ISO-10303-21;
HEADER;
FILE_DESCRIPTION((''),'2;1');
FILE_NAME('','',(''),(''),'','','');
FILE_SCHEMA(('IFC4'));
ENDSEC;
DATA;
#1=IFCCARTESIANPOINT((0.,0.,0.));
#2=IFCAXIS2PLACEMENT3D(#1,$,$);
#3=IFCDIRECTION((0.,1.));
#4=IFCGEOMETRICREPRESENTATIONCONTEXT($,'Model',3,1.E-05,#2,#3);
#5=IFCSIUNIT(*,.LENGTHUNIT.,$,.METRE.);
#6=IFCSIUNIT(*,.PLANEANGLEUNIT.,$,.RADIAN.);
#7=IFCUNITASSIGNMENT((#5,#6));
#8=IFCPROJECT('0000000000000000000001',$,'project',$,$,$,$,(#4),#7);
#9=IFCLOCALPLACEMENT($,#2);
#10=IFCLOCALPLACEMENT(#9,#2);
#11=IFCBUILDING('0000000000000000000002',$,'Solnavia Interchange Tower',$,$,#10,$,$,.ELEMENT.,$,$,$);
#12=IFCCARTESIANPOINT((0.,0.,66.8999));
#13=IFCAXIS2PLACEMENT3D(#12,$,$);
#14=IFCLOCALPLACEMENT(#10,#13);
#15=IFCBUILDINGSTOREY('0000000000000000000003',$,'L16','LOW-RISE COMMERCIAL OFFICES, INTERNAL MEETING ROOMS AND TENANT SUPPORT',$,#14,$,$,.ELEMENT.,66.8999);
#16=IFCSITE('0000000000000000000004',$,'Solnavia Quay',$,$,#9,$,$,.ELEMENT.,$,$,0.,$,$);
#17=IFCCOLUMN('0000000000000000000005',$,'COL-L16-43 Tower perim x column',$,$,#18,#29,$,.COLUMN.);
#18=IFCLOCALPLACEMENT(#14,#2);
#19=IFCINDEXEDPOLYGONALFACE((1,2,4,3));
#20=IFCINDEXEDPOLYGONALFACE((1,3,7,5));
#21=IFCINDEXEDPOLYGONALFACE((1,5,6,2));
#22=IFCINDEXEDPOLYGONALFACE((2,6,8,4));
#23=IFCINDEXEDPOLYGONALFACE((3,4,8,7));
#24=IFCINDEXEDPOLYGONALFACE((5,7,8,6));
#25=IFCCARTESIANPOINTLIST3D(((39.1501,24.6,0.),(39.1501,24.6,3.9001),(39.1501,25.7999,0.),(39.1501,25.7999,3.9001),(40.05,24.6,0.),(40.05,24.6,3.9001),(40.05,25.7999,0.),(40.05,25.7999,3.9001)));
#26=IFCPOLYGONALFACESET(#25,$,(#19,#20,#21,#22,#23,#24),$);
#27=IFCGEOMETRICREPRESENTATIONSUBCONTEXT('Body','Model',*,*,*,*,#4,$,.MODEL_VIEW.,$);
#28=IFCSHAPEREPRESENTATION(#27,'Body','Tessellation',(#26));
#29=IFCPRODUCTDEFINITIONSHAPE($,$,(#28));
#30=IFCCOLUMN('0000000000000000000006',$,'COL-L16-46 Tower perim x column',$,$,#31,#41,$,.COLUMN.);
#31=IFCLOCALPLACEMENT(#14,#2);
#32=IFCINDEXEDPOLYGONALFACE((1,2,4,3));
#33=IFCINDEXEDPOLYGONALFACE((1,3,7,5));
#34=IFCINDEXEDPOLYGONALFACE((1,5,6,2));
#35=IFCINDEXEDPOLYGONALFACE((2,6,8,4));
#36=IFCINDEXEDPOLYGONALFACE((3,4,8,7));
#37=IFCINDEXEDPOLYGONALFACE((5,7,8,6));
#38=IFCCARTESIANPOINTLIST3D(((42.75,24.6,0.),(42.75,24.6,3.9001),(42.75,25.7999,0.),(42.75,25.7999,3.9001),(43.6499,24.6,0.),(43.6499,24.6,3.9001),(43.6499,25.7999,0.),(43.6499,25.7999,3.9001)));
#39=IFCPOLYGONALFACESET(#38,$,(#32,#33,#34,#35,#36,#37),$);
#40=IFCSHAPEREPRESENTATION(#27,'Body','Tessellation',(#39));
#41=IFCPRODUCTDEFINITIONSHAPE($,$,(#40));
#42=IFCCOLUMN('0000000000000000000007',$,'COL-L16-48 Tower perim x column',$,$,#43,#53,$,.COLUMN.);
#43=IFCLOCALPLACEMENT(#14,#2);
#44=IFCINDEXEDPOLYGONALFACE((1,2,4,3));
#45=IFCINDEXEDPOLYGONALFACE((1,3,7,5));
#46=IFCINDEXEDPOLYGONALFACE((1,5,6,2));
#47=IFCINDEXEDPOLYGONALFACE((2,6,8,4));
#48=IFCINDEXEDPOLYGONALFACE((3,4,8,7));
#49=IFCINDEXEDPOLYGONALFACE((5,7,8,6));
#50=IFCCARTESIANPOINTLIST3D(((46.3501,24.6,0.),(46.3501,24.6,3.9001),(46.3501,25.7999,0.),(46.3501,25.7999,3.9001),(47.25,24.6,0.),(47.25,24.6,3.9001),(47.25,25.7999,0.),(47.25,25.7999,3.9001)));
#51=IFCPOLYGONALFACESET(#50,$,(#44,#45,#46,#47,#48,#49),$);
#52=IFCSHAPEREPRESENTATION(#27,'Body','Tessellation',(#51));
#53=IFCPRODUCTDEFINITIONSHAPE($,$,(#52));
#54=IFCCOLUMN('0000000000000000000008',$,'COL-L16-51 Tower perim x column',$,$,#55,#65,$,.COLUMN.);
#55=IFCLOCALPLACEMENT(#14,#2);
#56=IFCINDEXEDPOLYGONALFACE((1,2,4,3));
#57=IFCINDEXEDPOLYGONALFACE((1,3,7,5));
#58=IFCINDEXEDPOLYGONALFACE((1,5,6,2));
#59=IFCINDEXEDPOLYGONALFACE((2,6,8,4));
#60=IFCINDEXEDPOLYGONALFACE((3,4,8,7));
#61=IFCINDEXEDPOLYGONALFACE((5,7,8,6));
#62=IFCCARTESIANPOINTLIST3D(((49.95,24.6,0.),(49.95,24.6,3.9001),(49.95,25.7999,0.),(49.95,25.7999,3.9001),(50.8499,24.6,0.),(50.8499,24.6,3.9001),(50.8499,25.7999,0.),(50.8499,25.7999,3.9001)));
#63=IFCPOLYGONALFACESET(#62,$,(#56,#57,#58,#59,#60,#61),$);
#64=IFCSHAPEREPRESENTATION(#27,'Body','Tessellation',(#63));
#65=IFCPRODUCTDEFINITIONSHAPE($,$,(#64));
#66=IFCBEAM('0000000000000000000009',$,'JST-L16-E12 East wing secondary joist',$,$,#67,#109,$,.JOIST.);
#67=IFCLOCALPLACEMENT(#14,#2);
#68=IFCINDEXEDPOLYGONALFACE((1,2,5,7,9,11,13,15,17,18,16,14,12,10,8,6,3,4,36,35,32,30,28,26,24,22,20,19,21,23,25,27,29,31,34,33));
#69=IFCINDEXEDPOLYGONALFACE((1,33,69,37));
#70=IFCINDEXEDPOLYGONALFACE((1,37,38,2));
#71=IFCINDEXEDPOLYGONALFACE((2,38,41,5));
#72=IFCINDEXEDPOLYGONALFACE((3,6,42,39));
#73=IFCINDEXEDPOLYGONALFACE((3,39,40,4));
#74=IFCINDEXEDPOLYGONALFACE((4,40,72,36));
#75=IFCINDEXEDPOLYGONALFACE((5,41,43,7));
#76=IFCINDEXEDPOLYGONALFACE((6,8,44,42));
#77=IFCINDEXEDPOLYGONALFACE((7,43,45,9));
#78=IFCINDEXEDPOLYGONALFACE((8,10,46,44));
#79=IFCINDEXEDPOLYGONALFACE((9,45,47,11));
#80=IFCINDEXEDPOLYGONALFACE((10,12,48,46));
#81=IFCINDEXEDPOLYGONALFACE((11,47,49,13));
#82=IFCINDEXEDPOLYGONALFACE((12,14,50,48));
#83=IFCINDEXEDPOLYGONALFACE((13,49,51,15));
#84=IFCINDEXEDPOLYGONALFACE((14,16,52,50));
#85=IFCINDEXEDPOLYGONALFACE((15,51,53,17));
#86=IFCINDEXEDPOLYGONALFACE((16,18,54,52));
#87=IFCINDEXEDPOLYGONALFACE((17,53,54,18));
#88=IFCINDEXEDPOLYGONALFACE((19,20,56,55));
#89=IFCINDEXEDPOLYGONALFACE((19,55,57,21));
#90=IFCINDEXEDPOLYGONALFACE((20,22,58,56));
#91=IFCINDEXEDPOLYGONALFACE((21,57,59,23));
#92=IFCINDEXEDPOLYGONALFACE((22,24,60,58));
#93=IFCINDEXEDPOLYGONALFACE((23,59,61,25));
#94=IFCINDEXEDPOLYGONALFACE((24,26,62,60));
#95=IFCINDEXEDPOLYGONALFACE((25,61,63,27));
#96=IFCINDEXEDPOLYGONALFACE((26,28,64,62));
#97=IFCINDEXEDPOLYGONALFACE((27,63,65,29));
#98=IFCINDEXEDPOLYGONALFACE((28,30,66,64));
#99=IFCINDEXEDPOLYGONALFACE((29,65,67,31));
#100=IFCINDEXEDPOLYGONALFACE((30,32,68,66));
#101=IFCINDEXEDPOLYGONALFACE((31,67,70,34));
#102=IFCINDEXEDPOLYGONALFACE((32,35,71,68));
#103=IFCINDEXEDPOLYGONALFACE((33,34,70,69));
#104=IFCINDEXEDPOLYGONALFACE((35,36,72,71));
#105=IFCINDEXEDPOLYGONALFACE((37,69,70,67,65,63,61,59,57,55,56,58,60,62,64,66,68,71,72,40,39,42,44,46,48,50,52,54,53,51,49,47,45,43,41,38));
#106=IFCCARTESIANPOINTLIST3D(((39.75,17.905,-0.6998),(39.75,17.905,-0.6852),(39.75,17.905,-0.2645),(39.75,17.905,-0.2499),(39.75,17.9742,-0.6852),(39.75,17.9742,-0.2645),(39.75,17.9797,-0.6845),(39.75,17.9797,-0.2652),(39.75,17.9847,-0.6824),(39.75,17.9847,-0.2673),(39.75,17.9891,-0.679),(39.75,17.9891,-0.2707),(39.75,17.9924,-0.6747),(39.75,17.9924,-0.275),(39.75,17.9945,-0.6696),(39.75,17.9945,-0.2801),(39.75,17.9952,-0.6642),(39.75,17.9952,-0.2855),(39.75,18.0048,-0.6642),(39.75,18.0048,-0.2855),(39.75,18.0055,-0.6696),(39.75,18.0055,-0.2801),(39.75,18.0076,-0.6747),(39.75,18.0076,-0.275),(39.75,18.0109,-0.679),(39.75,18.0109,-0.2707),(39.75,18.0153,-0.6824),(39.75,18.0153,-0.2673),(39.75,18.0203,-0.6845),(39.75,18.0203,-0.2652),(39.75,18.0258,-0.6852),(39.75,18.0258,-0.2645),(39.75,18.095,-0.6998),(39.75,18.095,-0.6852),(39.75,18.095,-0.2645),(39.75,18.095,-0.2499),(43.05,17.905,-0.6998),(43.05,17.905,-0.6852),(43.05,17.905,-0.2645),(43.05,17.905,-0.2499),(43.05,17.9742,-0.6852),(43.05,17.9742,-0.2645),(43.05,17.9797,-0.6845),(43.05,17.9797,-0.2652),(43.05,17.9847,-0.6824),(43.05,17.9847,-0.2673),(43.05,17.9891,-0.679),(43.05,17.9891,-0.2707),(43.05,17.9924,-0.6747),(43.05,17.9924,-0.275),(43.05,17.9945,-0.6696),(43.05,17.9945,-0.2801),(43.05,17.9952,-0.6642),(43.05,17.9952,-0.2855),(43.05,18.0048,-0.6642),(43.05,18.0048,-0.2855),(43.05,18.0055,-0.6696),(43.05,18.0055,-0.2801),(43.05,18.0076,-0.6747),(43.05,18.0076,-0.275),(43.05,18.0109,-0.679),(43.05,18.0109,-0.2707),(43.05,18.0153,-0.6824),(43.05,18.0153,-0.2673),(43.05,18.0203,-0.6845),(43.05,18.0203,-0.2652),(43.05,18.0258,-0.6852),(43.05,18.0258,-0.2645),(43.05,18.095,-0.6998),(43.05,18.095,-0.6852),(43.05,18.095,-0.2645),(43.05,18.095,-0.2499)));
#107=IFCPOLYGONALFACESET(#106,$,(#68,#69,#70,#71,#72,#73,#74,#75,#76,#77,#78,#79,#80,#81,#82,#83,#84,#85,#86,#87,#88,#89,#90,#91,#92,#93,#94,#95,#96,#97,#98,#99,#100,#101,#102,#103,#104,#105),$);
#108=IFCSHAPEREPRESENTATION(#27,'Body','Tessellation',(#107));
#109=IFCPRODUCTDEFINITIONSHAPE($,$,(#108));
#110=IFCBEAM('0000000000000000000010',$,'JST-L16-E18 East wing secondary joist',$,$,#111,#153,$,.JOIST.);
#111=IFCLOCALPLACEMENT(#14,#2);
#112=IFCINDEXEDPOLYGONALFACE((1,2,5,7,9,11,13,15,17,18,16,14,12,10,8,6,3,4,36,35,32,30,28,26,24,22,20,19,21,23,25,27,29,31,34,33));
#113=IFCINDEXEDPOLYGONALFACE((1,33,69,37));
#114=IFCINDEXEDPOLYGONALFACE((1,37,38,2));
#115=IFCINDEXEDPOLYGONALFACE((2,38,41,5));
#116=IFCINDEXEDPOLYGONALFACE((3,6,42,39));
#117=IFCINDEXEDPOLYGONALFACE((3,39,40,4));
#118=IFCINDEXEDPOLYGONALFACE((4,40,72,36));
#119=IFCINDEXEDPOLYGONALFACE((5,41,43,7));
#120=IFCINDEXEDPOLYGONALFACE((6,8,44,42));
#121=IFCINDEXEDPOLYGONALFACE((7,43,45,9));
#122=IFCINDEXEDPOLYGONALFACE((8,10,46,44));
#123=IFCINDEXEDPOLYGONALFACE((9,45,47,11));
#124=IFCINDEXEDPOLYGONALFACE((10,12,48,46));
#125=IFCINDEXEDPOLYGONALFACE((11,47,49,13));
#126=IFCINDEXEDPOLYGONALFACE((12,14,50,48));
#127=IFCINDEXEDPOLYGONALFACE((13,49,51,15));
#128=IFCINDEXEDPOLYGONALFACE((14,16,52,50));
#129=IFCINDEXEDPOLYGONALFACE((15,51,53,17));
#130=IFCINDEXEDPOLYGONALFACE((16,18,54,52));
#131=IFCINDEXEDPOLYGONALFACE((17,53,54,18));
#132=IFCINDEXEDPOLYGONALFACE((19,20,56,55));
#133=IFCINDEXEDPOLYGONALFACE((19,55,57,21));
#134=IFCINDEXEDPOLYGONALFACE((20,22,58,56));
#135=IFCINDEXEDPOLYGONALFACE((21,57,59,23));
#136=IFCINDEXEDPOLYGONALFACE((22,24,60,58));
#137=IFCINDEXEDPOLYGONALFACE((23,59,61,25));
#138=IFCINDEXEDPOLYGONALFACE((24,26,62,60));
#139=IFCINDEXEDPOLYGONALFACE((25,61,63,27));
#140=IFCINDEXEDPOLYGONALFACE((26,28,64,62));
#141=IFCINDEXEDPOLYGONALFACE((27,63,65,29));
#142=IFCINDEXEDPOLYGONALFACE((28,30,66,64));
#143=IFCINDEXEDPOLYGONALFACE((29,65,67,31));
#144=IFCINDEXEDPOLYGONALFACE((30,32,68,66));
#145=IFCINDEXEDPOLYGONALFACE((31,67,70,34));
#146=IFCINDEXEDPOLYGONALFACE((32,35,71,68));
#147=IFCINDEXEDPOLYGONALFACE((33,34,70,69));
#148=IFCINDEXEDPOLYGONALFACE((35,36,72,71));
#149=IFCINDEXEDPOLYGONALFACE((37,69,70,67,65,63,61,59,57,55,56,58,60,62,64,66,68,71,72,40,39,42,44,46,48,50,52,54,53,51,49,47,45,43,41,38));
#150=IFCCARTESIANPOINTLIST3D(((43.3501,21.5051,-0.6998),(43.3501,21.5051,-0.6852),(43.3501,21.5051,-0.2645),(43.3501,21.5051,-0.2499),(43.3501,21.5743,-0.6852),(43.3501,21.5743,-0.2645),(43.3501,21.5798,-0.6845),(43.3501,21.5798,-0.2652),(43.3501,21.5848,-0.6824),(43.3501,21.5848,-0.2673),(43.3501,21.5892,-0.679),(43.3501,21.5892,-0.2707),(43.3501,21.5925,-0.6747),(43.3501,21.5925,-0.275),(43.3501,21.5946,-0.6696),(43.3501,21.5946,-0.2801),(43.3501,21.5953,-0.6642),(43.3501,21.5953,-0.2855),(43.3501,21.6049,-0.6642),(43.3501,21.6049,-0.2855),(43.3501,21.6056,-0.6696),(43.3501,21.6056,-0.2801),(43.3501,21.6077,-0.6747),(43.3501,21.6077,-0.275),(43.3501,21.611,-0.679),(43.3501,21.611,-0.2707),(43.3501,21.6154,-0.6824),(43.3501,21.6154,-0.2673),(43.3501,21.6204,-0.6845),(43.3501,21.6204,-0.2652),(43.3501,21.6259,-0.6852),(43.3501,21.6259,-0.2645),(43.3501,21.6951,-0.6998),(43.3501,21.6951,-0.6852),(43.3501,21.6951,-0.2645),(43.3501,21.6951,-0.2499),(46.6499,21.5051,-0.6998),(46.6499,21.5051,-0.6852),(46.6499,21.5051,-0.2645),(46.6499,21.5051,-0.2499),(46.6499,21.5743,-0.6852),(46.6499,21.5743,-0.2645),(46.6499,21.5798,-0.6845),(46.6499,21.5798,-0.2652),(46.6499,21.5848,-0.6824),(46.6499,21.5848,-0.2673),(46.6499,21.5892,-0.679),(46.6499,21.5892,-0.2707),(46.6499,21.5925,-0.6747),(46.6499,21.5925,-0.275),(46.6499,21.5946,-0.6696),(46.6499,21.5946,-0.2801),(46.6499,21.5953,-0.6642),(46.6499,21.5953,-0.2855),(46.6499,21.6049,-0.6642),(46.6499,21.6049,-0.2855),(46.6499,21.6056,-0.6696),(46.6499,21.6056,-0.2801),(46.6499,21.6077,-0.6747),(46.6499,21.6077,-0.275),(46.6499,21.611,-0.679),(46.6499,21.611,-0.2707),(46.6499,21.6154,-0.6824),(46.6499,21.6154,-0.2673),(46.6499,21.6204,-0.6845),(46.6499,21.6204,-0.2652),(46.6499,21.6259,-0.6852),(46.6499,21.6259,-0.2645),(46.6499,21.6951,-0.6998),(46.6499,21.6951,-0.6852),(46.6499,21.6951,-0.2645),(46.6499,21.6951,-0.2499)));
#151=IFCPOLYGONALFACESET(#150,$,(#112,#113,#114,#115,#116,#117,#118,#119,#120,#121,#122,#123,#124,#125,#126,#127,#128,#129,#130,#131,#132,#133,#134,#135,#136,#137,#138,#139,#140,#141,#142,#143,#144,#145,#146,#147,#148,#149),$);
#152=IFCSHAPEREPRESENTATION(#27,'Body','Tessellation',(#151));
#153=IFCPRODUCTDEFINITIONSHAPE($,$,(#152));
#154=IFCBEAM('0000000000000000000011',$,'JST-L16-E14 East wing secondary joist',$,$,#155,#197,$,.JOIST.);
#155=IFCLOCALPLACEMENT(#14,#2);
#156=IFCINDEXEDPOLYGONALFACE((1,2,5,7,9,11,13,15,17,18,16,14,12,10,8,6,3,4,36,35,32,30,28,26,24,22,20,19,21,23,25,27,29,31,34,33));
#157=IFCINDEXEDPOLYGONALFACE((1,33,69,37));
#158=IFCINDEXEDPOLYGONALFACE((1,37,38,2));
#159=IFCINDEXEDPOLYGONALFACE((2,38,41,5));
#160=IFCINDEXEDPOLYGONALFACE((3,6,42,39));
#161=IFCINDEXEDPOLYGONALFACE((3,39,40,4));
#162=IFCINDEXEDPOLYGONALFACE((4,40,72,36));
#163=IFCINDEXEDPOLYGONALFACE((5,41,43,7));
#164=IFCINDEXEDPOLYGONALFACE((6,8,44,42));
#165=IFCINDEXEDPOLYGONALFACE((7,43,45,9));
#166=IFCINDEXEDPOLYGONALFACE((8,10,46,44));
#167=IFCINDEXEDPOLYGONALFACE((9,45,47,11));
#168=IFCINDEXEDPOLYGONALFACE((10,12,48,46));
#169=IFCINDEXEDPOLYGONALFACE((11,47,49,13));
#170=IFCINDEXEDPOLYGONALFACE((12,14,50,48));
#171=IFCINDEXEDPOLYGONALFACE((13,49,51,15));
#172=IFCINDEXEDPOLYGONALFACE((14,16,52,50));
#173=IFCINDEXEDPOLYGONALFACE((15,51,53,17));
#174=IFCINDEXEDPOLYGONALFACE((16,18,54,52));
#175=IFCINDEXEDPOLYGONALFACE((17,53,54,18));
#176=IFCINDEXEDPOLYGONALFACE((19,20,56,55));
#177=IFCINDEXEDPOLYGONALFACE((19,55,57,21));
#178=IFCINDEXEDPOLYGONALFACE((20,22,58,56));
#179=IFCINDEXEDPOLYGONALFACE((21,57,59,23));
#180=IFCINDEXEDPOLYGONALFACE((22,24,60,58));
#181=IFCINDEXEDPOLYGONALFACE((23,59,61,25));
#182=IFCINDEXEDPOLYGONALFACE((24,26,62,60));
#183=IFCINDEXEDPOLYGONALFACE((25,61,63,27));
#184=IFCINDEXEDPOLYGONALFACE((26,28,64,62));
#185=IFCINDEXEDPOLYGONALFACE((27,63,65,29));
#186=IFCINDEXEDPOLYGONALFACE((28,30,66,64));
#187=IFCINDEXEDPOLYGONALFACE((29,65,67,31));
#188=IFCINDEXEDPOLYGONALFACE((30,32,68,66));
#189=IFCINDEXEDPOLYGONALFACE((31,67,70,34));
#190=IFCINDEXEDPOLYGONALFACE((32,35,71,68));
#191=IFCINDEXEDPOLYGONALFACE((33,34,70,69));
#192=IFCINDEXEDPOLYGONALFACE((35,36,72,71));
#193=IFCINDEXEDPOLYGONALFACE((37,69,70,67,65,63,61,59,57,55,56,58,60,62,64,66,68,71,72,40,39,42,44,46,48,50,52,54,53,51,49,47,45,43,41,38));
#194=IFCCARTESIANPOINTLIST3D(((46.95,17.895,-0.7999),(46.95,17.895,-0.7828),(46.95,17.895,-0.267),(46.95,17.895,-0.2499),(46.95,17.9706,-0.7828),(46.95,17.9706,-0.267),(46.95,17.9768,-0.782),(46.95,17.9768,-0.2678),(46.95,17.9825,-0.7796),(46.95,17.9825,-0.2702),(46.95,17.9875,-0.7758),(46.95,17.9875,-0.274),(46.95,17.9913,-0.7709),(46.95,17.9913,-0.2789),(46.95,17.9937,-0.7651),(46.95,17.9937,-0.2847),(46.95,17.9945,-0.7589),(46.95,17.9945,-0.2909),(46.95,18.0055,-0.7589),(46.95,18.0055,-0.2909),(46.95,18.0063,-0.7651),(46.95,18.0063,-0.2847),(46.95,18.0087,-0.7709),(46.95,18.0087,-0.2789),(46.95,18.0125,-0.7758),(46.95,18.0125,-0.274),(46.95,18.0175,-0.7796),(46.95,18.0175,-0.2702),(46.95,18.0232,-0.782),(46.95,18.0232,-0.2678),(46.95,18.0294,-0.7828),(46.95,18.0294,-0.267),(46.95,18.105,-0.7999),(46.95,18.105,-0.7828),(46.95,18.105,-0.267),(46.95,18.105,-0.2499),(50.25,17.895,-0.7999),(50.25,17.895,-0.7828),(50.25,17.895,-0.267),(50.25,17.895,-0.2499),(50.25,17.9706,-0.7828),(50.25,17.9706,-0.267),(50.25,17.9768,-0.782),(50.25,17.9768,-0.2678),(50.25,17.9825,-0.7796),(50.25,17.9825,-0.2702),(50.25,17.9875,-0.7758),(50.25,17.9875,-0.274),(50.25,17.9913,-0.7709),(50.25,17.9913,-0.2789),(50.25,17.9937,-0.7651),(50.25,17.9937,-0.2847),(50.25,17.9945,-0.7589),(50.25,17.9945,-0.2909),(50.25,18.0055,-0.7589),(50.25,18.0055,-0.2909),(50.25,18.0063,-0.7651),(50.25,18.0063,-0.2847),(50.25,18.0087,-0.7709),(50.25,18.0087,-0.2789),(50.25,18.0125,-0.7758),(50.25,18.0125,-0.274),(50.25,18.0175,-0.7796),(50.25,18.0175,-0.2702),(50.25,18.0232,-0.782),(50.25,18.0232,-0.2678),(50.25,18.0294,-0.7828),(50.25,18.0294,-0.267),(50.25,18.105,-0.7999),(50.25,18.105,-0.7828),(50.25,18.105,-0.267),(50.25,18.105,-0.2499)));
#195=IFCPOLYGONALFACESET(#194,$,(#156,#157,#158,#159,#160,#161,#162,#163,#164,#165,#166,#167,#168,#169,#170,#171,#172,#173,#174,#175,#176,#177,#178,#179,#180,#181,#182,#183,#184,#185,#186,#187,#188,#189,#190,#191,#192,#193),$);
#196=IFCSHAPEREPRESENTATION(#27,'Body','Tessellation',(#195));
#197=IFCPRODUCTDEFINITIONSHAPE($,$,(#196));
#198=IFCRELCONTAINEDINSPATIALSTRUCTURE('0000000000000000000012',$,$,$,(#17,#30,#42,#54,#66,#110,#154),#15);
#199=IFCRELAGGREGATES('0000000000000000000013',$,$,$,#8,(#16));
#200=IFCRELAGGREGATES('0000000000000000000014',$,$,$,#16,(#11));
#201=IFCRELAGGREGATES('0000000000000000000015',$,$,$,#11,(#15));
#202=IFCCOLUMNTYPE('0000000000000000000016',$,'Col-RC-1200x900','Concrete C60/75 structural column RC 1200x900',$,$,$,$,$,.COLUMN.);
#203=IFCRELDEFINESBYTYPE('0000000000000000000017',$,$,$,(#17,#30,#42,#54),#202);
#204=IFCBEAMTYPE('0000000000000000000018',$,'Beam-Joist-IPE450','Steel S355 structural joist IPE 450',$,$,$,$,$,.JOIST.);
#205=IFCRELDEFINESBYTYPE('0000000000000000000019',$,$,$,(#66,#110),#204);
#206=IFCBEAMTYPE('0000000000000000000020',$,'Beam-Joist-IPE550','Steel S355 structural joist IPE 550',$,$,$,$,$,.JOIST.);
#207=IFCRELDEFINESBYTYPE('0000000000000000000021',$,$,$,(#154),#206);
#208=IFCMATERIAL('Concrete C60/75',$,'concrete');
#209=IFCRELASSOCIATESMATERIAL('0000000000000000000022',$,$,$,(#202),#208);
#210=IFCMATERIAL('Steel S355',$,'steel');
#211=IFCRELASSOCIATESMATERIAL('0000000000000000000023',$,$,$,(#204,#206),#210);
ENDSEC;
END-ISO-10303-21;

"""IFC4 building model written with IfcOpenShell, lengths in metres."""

from ifc_helpers import new_model, si_unit, direction, frame, origin, origin_2d, place, context, subcontext, project, spatial, rectangle, i_section, extrude, material, material_profile, profile_set, type_object, element, save


model = new_model("IFC4")

# Units and contexts
model_context = context("Model", 3, precision=1e-05, world=origin(), true_north=direction((0.0, 1.0)))
body_context = subcontext(model_context, "Body", "Model", "MODEL_VIEW")
ifc_project = project(units=[si_unit("LENGTHUNIT", "METRE"), si_unit("PLANEANGLEUNIT", "RADIAN")], contexts=[model_context])

# Site, building, storey
site_placement = place(None, origin())
site = spatial("IfcSite", under=ifc_project, at=site_placement, Name="Solnavia Quay", CompositionType="ELEMENT", RefElevation=0.0)
building_placement = place(site_placement, origin())
building = spatial("IfcBuilding", under=site, at=building_placement, Name="Solnavia Interchange Tower", CompositionType="ELEMENT")
storey_placement = place(building_placement, frame((0.0, 0.0, 66.8999)))
storey = spatial("IfcBuildingStorey", under=building, at=storey_placement, Name="L16", Description="LOW-RISE COMMERCIAL OFFICES, INTERNAL MEETING ROOMS AND TENANT SUPPORT", CompositionType="ELEMENT", Elevation=66.8999)

# Columns
ifc_material_1 = material(Name="Concrete C60/75", Category="concrete")
ifc_material_profile_1 = material_profile(ifc_material_1, rectangle(XDim=0.8999, YDim=1.2, at=origin_2d()), Name="RC 1200x900")
ifc_profile_set_1 = profile_set([ifc_material_profile_1], Name="Concrete C60/75")
column_type = type_object("IfcColumnType", Name="Col-RC-1200x900", Description="Concrete C60/75 structural column RC 1200x900", PredefinedType="COLUMN", material=ifc_profile_set_1)
for number, where, z_axis, x_axis, name in (
    (1, (39.6001, 25.2, 0.0), (0.0, 0.0, 1.0), (1.0, 0.0, 0.0), "COL-L16-43 Tower perim x column"),
    (2, (43.2, 25.2, 0.0), (0.0, 0.0, 1.0), (1.0, 0.0, 0.0), "COL-L16-46 Tower perim x column"),
    (3, (46.8, 25.2, 0.0), (0.0, 0.0, 1.0), (1.0, 0.0, 0.0), "COL-L16-48 Tower perim x column"),
    (4, (50.3999, 25.2, 0.0), (0.0, 0.0, 1.0), (1.0, 0.0, 0.0), "COL-L16-51 Tower perim x column"),
):
    element("IfcColumn", number, at=place(storey_placement, frame(where, z_axis=z_axis, x_axis=x_axis)), inside=storey, type_object=column_type, Name=name, PredefinedType="COLUMN", context=body_context, shape_type="SweptSolid", body=[
        extrude(rectangle(XDim=0.8999, YDim=1.2, at=origin_2d()), origin(), (0.0, 0.0, 1.0), 3.9001),
    ])

# Beams
ifc_material_2 = material(Name="Steel S355", Category="steel")
ifc_material_profile_2 = material_profile(ifc_material_2, i_section(OverallWidth=0.1899, OverallDepth=0.45, WebThickness=0.0095, FlangeThickness=0.0146, FilletRadius=0.021, at=origin_2d()), Name="IPE 450")
ifc_profile_set_2 = profile_set([ifc_material_profile_2], Name="Steel S355")
beam_type_1 = type_object("IfcBeamType", Name="Beam-Joist-IPE450", Description="Steel S355 structural joist IPE 450", PredefinedType="JOIST", material=ifc_profile_set_2)
beam_1_placement = place(storey_placement, frame((39.75, 18.0, -0.4749), z_axis=(1.0, 0.0, 0.0), x_axis=(0.0, 1.0, 0.0)))
element("IfcBeam", 5, at=beam_1_placement, inside=storey, type_object=beam_type_1, Name="JST-L16-E12 East wing secondary joist", PredefinedType="JOIST", context=body_context, shape_type="SweptSolid", body=[
    extrude(i_section(OverallWidth=0.1899, OverallDepth=0.45, WebThickness=0.0095, FlangeThickness=0.0146, FilletRadius=0.021, at=origin_2d()), origin(), (0.0, 0.0, 1.0), 3.3),
])
beam_2_placement = place(storey_placement, frame((43.3501, 21.6001, -0.4749), z_axis=(1.0, 0.0, 0.0), x_axis=(0.0, 1.0, 0.0)))
element("IfcBeam", 6, at=beam_2_placement, inside=storey, type_object=beam_type_1, Name="JST-L16-E18 East wing secondary joist", PredefinedType="JOIST", context=body_context, shape_type="SweptSolid", body=[
    extrude(i_section(OverallWidth=0.1899, OverallDepth=0.45, WebThickness=0.0095, FlangeThickness=0.0146, FilletRadius=0.021, at=origin_2d()), origin(), (0.0, 0.0, 1.0), 3.2998),
])
ifc_material_profile_3 = material_profile(ifc_material_2, i_section(OverallWidth=0.21, OverallDepth=0.55, WebThickness=0.011, FlangeThickness=0.0171, FilletRadius=0.0239, at=origin_2d()), Name="IPE 550")
ifc_profile_set_3 = profile_set([ifc_material_profile_3], Name="Steel S355")
beam_type_2 = type_object("IfcBeamType", Name="Beam-Joist-IPE550", Description="Steel S355 structural joist IPE 550", PredefinedType="JOIST", material=ifc_profile_set_3)
for number, where, z_axis, x_axis, name in (
    (7, (46.95, 18.0, -0.5249), (1.0, 0.0, 0.0), (0.0, 1.0, 0.0), "JST-L16-E14 East wing secondary joist"),
):
    element("IfcBeam", number, at=place(storey_placement, frame(where, z_axis=z_axis, x_axis=x_axis)), inside=storey, type_object=beam_type_2, Name=name, PredefinedType="JOIST", context=body_context, shape_type="SweptSolid", body=[
        extrude(i_section(OverallWidth=0.21, OverallDepth=0.55, WebThickness=0.011, FlangeThickness=0.0171, FilletRadius=0.0239, at=origin_2d()), origin(), (0.0, 0.0, 1.0), 3.3),
    ])

save(model, "model.ifc")
